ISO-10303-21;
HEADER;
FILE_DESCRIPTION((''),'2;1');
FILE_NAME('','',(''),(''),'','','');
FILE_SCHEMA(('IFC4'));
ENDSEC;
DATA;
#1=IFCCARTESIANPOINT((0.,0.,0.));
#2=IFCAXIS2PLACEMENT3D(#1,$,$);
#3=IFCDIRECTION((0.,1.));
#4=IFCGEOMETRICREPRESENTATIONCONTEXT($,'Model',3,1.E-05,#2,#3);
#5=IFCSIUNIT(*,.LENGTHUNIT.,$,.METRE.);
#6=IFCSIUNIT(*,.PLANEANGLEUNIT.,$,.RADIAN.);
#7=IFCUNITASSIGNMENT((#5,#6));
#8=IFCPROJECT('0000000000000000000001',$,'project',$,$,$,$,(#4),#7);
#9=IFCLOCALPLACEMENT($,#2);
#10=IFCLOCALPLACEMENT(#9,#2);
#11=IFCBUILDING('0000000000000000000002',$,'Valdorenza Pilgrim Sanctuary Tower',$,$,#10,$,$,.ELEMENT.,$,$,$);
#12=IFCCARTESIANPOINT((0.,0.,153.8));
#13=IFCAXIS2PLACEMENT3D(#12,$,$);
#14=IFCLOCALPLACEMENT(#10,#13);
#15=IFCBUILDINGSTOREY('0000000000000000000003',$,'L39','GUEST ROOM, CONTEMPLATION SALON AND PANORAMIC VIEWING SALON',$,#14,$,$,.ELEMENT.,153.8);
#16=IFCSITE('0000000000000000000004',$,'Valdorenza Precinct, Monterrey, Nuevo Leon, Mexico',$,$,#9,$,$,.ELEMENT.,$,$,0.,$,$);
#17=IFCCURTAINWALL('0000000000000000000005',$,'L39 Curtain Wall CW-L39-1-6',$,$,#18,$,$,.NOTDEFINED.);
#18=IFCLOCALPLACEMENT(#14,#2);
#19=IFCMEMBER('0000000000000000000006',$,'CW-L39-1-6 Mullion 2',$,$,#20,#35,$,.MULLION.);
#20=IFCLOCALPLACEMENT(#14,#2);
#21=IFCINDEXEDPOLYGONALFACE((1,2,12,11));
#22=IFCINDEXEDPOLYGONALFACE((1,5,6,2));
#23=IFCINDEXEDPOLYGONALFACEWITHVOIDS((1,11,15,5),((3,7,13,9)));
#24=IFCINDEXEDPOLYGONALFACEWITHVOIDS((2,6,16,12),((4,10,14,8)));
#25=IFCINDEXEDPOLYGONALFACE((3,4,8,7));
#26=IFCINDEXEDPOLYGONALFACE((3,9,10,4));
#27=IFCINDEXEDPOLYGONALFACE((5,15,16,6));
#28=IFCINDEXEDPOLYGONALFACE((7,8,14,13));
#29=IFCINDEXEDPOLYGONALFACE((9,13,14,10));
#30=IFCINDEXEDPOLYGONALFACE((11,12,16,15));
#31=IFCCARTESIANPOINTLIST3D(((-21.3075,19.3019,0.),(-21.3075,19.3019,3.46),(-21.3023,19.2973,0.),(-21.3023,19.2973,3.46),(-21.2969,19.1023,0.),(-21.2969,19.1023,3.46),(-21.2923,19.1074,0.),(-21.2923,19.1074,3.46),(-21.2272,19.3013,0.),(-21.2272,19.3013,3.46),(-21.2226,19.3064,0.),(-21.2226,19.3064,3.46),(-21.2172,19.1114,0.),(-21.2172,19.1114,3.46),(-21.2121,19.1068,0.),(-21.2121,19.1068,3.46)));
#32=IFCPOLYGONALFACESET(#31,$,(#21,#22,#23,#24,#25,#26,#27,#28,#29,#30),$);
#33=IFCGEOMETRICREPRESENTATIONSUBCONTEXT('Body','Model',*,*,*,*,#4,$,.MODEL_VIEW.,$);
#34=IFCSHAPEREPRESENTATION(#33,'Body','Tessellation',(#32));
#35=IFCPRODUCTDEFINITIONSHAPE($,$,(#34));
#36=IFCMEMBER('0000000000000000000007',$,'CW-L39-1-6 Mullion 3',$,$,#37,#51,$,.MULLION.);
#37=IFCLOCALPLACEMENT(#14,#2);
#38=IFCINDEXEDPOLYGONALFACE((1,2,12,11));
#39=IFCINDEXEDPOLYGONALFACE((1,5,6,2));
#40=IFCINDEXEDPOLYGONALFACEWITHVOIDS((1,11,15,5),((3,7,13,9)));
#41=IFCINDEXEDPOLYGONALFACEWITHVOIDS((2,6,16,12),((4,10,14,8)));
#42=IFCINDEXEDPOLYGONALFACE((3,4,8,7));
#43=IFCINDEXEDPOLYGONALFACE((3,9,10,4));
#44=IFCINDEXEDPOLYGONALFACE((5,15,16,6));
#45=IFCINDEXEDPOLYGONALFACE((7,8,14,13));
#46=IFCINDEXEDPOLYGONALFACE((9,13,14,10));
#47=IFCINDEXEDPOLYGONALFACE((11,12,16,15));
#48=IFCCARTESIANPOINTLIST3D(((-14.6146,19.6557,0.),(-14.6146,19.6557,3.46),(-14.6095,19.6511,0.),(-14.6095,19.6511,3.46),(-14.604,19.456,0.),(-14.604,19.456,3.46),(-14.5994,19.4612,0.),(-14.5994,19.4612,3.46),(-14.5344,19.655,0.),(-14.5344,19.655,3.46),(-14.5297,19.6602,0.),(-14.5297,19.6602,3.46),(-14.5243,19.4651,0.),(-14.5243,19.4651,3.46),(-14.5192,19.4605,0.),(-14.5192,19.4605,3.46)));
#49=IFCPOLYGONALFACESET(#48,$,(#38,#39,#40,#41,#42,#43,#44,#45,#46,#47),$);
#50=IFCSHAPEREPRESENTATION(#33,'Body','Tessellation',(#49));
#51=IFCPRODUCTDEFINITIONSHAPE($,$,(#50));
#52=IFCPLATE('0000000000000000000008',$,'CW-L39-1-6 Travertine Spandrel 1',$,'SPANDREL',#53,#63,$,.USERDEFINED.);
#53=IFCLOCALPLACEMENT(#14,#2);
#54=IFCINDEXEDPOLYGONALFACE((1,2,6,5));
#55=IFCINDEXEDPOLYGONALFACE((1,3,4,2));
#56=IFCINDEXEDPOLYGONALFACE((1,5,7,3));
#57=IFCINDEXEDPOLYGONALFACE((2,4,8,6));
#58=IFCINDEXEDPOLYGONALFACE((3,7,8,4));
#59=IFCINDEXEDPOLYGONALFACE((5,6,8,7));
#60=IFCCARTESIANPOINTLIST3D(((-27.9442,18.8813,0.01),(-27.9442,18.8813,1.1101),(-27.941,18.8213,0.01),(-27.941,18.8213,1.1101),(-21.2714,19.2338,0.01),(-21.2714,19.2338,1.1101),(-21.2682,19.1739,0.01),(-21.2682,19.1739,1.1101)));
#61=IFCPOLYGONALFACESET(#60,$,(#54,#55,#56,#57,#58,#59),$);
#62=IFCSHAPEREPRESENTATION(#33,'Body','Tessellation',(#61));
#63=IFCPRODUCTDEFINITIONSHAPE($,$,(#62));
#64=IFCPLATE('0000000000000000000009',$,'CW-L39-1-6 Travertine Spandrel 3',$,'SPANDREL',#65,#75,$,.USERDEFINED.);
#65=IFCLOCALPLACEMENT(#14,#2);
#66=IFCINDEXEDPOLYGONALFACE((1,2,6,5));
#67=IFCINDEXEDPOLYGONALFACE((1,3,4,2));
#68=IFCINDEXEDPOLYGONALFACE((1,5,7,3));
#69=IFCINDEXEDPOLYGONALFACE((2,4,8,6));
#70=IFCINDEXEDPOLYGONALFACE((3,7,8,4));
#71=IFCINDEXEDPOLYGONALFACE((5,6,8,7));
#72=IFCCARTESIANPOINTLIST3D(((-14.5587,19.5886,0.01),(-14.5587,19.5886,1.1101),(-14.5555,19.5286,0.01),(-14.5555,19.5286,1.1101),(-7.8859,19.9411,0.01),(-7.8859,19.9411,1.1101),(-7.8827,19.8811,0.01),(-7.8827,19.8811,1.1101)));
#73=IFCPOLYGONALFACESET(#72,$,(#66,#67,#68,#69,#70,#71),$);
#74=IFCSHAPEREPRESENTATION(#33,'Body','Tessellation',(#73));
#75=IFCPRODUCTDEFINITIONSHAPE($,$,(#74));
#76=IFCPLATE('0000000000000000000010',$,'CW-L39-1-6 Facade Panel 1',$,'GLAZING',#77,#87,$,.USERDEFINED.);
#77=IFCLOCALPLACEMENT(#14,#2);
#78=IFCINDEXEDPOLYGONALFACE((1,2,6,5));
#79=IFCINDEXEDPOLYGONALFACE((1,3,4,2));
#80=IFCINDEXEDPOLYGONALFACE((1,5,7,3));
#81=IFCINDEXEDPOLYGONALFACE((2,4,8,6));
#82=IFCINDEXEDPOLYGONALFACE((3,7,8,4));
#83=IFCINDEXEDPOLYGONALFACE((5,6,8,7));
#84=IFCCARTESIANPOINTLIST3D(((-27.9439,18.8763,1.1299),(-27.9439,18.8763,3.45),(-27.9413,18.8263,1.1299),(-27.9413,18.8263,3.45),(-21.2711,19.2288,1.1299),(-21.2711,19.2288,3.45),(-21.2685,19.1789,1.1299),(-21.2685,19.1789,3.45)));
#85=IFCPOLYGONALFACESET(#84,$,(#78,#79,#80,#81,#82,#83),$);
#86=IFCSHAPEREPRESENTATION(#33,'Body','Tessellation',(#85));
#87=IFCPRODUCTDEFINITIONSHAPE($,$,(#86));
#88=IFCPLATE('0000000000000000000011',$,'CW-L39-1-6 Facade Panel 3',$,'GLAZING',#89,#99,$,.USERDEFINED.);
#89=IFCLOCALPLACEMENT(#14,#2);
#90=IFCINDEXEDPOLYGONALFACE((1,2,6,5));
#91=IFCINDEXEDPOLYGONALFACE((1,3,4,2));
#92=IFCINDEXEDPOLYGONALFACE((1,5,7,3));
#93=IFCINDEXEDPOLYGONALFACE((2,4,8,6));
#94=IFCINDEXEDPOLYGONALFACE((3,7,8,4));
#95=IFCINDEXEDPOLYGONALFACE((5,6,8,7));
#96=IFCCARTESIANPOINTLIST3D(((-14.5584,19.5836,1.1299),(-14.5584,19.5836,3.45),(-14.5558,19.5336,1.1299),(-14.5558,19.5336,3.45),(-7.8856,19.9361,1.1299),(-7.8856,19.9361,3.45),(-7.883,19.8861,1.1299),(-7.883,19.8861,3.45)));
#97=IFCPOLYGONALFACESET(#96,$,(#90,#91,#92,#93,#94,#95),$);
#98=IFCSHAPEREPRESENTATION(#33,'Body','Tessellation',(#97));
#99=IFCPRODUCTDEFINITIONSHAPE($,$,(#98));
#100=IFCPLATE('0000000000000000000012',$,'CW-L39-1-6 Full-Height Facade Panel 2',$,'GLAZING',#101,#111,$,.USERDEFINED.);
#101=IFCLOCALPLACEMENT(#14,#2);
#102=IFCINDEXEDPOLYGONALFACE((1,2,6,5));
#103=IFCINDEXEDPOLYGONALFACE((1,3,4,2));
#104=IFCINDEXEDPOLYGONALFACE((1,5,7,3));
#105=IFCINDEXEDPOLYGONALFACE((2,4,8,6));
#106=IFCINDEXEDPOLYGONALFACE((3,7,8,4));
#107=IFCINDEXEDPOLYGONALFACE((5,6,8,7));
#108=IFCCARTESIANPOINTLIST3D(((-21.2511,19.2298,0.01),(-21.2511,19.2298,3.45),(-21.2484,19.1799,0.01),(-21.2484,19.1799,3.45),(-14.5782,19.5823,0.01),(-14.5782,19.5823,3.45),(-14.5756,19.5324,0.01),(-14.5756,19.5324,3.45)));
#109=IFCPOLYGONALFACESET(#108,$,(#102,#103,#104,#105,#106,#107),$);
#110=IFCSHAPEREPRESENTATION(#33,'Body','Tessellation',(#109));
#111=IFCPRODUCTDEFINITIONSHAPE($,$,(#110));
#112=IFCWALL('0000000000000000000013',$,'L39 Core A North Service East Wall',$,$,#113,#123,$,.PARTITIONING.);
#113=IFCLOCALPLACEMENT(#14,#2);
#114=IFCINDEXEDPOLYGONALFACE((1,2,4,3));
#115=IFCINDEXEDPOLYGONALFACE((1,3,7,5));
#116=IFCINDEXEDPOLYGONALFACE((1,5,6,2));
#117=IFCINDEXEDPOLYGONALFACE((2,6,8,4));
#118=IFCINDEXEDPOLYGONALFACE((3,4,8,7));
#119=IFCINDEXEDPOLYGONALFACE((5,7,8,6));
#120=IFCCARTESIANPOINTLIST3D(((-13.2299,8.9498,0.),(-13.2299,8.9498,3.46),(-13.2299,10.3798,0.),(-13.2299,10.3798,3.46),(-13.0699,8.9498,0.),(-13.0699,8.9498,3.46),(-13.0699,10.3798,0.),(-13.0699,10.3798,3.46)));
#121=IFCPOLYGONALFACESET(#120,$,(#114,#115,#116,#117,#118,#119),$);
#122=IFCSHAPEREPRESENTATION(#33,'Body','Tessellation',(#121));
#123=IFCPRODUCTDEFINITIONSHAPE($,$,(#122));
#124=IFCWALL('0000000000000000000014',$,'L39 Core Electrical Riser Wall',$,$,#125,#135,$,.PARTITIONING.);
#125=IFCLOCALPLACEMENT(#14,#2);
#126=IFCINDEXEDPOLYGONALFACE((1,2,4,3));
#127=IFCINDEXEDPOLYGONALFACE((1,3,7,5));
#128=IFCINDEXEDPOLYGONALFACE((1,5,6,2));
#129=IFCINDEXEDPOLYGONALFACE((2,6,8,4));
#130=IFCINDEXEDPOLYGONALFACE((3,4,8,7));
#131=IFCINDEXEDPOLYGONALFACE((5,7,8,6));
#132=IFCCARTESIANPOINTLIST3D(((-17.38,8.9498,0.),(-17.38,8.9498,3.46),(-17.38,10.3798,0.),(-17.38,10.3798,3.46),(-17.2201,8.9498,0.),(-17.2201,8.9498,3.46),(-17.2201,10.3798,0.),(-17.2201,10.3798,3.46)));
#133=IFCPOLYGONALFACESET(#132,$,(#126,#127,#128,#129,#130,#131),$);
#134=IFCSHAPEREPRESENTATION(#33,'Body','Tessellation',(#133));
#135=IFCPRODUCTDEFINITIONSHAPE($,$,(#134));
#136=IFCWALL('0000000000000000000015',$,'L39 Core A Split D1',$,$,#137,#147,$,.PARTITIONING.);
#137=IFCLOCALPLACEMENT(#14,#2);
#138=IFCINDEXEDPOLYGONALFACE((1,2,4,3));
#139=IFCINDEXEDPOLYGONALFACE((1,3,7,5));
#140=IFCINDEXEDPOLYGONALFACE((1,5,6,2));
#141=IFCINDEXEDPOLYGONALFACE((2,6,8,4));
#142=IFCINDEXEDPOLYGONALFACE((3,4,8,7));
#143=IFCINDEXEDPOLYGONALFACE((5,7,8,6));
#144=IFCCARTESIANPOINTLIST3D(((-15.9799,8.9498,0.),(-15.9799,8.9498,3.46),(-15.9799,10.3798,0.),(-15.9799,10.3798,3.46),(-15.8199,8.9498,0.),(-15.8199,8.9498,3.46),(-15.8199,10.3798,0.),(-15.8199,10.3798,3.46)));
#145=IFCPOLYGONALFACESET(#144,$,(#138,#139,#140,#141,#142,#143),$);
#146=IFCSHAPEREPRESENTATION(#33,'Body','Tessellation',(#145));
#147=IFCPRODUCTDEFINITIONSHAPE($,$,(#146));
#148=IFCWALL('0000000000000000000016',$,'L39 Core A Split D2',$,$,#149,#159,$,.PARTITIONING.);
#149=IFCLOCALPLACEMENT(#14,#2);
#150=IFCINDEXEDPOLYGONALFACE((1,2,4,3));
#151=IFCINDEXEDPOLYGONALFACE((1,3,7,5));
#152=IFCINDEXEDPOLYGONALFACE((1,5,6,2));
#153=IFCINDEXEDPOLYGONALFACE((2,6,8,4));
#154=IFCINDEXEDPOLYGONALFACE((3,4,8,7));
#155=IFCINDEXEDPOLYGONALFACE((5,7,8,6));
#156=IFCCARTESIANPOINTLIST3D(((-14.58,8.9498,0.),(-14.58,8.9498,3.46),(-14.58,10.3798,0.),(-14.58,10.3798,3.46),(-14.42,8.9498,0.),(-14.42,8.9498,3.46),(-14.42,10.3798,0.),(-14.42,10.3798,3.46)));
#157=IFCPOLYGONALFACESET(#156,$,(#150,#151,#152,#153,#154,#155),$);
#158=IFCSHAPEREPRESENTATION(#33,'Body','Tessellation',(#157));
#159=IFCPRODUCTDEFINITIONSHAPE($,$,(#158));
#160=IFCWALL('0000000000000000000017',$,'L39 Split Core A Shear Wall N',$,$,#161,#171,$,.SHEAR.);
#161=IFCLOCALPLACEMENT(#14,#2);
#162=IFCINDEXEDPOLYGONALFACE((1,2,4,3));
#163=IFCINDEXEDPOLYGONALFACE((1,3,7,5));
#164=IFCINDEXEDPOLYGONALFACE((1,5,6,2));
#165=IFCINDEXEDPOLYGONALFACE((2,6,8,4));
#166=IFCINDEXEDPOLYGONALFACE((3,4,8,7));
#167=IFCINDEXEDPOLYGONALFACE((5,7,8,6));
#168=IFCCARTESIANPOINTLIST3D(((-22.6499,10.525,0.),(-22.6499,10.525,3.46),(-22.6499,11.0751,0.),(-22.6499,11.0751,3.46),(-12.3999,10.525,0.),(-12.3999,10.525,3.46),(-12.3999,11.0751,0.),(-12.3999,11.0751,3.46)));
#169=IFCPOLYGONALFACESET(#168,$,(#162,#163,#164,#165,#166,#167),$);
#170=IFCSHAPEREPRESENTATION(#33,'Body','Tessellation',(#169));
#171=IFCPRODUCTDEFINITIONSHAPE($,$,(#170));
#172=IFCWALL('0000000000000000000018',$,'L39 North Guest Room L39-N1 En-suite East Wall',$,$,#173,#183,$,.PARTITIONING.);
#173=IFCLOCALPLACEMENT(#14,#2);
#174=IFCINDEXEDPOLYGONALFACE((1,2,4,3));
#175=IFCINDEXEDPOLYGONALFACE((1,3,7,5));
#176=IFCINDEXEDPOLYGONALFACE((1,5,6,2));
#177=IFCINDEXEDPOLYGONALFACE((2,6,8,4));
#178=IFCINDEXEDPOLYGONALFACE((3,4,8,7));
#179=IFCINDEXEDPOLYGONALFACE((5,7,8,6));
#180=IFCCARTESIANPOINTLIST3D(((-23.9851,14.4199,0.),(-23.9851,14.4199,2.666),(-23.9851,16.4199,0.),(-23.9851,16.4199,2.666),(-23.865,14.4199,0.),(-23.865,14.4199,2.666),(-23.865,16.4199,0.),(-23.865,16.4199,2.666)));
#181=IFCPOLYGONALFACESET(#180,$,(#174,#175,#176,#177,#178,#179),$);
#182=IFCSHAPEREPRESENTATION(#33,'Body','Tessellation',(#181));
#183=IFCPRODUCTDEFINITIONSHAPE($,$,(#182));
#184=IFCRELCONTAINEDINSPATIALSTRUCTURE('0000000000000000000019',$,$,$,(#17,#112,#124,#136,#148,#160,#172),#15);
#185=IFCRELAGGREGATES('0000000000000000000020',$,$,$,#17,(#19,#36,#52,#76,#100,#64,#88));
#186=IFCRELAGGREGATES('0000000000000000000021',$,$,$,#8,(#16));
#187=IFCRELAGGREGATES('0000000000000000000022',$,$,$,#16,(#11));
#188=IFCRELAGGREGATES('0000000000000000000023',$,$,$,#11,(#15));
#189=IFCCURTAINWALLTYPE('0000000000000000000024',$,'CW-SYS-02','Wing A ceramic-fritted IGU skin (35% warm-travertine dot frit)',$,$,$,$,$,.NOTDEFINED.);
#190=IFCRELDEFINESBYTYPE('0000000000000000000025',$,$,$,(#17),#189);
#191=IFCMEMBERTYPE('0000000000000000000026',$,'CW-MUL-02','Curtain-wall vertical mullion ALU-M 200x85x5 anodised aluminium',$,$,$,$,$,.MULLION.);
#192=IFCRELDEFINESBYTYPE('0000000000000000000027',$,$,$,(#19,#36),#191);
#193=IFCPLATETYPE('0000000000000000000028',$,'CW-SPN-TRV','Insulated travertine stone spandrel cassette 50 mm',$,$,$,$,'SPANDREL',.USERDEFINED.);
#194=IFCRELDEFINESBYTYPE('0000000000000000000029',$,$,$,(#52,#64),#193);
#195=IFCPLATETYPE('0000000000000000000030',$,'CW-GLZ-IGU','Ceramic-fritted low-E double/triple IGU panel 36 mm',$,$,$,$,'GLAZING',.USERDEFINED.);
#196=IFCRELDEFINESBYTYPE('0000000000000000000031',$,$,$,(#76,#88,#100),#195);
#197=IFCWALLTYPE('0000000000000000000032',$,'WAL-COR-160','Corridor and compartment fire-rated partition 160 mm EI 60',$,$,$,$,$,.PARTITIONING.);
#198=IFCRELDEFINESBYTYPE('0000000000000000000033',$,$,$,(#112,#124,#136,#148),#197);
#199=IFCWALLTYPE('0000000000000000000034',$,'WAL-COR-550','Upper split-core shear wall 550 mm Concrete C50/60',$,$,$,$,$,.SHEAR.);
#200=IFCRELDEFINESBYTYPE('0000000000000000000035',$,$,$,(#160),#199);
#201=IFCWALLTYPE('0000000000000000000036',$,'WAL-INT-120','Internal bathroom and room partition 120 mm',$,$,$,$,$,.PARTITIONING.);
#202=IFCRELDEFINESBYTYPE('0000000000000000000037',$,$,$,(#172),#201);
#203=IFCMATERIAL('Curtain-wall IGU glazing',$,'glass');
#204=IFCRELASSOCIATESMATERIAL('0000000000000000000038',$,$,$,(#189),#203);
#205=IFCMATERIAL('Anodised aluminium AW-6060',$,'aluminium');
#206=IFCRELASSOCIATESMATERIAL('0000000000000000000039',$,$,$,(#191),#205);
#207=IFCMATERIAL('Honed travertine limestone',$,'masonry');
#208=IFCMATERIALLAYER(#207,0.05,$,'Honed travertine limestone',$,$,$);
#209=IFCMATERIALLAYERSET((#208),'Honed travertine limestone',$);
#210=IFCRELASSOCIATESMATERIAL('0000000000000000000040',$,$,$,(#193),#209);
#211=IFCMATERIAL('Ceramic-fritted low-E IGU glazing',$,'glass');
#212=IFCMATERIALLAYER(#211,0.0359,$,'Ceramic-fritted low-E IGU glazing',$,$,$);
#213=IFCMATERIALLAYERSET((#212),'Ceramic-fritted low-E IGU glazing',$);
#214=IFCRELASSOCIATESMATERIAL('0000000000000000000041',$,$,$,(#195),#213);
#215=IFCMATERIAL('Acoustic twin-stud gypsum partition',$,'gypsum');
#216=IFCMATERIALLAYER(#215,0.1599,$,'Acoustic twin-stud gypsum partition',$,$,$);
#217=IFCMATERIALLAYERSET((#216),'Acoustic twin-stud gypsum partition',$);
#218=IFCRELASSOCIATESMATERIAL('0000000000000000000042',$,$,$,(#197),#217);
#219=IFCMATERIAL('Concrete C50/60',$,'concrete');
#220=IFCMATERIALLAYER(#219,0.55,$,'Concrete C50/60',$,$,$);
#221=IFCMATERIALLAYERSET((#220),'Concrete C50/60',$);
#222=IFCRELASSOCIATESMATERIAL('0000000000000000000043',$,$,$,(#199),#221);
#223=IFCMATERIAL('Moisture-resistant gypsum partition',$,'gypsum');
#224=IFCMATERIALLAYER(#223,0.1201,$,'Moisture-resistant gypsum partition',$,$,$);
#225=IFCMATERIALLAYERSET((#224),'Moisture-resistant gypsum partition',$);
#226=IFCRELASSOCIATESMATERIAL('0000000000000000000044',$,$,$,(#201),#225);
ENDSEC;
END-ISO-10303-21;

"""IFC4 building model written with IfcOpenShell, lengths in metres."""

from ifc_helpers import new_model, si_unit, direction, frame, frame_2d, origin, origin_2d, place, context, subcontext, project, spatial, rectangle, hollow_rectangle, extrude, source, transform, mapped, material, layer, layer_set, material_profile, profile_set, type_object, element, aggregate, save


model = new_model("IFC4")

# Units and contexts
model_context = context("Model", 3, precision=1e-05, world=origin(), true_north=direction((0.0, 1.0)))
body_context = subcontext(model_context, "Body", "Model", "MODEL_VIEW")
ifc_project = project(units=[si_unit("LENGTHUNIT", "METRE"), si_unit("PLANEANGLEUNIT", "RADIAN")], contexts=[model_context])

# Site, building, storey
site_placement = place(None, origin())
site = spatial("IfcSite", under=ifc_project, at=site_placement, Name="Valdorenza Precinct, Monterrey, Nuevo Leon, Mexico", CompositionType="ELEMENT", RefElevation=0.0)
building_placement = place(site_placement, origin())
building = spatial("IfcBuilding", under=site, at=building_placement, Name="Valdorenza Pilgrim Sanctuary Tower", CompositionType="ELEMENT")
storey_placement = place(building_placement, frame((0.0, 0.0, 153.8)))
storey = spatial("IfcBuildingStorey", under=building, at=storey_placement, Name="L39", Description="GUEST ROOM, CONTEMPLATION SALON AND PANORAMIC VIEWING SALON", CompositionType="ELEMENT", Elevation=153.8)

# Curtain wall, members, plates
ifc_material_1 = material(Name="Curtain-wall IGU glazing", Category="glass")
curtain_wall_type = type_object("IfcCurtainWallType", Name="CW-SYS-02", Description="Wing A ceramic-fritted IGU skin (35% warm-travertine dot frit)", PredefinedType="NOTDEFINED", material=ifc_material_1)
curtain_wall_placement = place(storey_placement, origin())
curtain_wall = element("IfcCurtainWall", 1, at=curtain_wall_placement, inside=storey, type_object=curtain_wall_type, Name="L39 Curtain Wall CW-L39-1-6", PredefinedType="NOTDEFINED")
ifc_material_2 = material(Name="Anodised aluminium AW-6060", Category="aluminium")
ifc_material_profile_1 = material_profile(ifc_material_2, hollow_rectangle(XDim=0.085, YDim=0.2, WallThickness=0.0049, at=origin_2d()), Name="ALU-M 200x85x5")
ifc_profile_set_1 = profile_set([ifc_material_profile_1], Name="Anodised aluminium AW-6060")
member_type = type_object("IfcMemberType", Name="CW-MUL-02", Description="Curtain-wall vertical mullion ALU-M 200x85x5 anodised aluminium", PredefinedType="MULLION", material=ifc_profile_set_1)
shared_shape_1 = source(origin(), body_context, "Body", "SweptSolid", [
    extrude(hollow_rectangle(XDim=0.085, YDim=0.2, WallThickness=0.0049, at=origin_2d()), origin(), (0.0, 0.0, 1.0), 3.46),
])
member_1_placement = place(storey_placement, frame((-21.2598, 19.2043, 0.0), z_axis=(0.0, 0.0, 1.0), x_axis=(0.998608, 0.052754, 0.0)))
member_1 = element("IfcMember", 2, at=member_1_placement, type_object=member_type, Name="CW-L39-1-6 Mullion 2", PredefinedType="MULLION", context=body_context, shape_type="MappedRepresentation", body=[
    mapped(shared_shape_1, transform((0.0, 0.0, 0.0), x_axis=(1.0, 0.0, 0.0), y_axis=(0.0, 1.0, 0.0), z_axis=(0.0, 0.0, 1.0), scale=1.0)),
])
member_2_placement = place(storey_placement, frame((-14.5669, 19.5581, 0.0), z_axis=(0.0, 0.0, 1.0), x_axis=(0.998608, 0.052754, 0.0)))
member_2 = element("IfcMember", 3, at=member_2_placement, type_object=member_type, Name="CW-L39-1-6 Mullion 3", PredefinedType="MULLION", context=body_context, shape_type="MappedRepresentation", body=[
    mapped(shared_shape_1, transform((0.0, 0.0, 0.0), x_axis=(1.0, 0.0, 0.0), y_axis=(0.0, 1.0, 0.0), z_axis=(0.0, 0.0, 1.0), scale=1.0)),
])
ifc_material_3 = material(Name="Honed travertine limestone", Category="masonry")
ifc_layer_1 = layer(ifc_material_3, 0.05, Name="Honed travertine limestone")
ifc_layer_set_1 = layer_set([ifc_layer_1], Name="Honed travertine limestone")
plate_type_1 = type_object("IfcPlateType", Name="CW-SPN-TRV", Description="Insulated travertine stone spandrel cassette 50 mm", ElementType="SPANDREL", PredefinedType="USERDEFINED", material=ifc_layer_set_1)
shared_shape_2 = source(origin(), body_context, "Body", "SweptSolid", [
    extrude(rectangle(XDim=6.6821, YDim=0.0601, at=origin_2d()), origin(), (0.0, 0.0, 1.0), 1.1001),
])
plate_1_placement = place(storey_placement, frame((-24.6062, 19.0276, 0.01), z_axis=(0.0, 0.0, 1.0), x_axis=(0.998608, 0.052754, 0.0)))
plate_1 = element("IfcPlate", 4, at=plate_1_placement, type_object=plate_type_1, Name="CW-L39-1-6 Travertine Spandrel 1", ObjectType="SPANDREL", PredefinedType="USERDEFINED", context=body_context, shape_type="MappedRepresentation", body=[
    mapped(shared_shape_2, transform((0.0, 0.0, 0.0), x_axis=(1.0, 0.0, 0.0), y_axis=(0.0, 1.0, 0.0), z_axis=(0.0, 0.0, 1.0), scale=1.0)),
])
plate_2_placement = place(storey_placement, frame((-11.2207, 19.7349, 0.01), z_axis=(0.0, 0.0, 1.0), x_axis=(0.998608, 0.052754, 0.0)))
plate_2 = element("IfcPlate", 5, at=plate_2_placement, type_object=plate_type_1, Name="CW-L39-1-6 Travertine Spandrel 3", ObjectType="SPANDREL", PredefinedType="USERDEFINED", context=body_context, shape_type="MappedRepresentation", body=[
    mapped(shared_shape_2, transform((0.0, 0.0, 0.0), x_axis=(1.0, 0.0, 0.0), y_axis=(0.0, 1.0, 0.0), z_axis=(0.0, 0.0, 1.0), scale=1.0)),
])
ifc_material_4 = material(Name="Ceramic-fritted low-E IGU glazing", Category="glass")
ifc_layer_2 = layer(ifc_material_4, 0.0359, Name="Ceramic-fritted low-E IGU glazing")
ifc_layer_set_2 = layer_set([ifc_layer_2], Name="Ceramic-fritted low-E IGU glazing")
plate_type_2 = type_object("IfcPlateType", Name="CW-GLZ-IGU", Description="Ceramic-fritted low-E double/triple IGU panel 36 mm", ElementType="GLAZING", PredefinedType="USERDEFINED", material=ifc_layer_set_2)
shared_shape_3 = source(origin(), body_context, "Body", "SweptSolid", [
    extrude(rectangle(XDim=6.6821, YDim=0.05, at=origin_2d()), origin(), (0.0, 0.0, 1.0), 2.3201),
])
plate_3_placement = place(storey_placement, frame((-24.6062, 19.0276, 1.1299), z_axis=(0.0, 0.0, 1.0), x_axis=(0.998608, 0.052754, 0.0)))
plate_3 = element("IfcPlate", 6, at=plate_3_placement, type_object=plate_type_2, Name="CW-L39-1-6 Facade Panel 1", ObjectType="GLAZING", PredefinedType="USERDEFINED", context=body_context, shape_type="MappedRepresentation", body=[
    mapped(shared_shape_3, transform((0.0, 0.0, 0.0), x_axis=(1.0, 0.0, 0.0), y_axis=(0.0, 1.0, 0.0), z_axis=(0.0, 0.0, 1.0), scale=1.0)),
])
plate_4_placement = place(storey_placement, frame((-11.2207, 19.7349, 1.1299), z_axis=(0.0, 0.0, 1.0), x_axis=(0.998608, 0.052754, 0.0)))
plate_4 = element("IfcPlate", 7, at=plate_4_placement, type_object=plate_type_2, Name="CW-L39-1-6 Facade Panel 3", ObjectType="GLAZING", PredefinedType="USERDEFINED", context=body_context, shape_type="MappedRepresentation", body=[
    mapped(shared_shape_3, transform((0.0, 0.0, 0.0), x_axis=(1.0, 0.0, 0.0), y_axis=(0.0, 1.0, 0.0), z_axis=(0.0, 0.0, 1.0), scale=1.0)),
])
shared_shape_4 = source(origin(), body_context, "Body", "SweptSolid", [
    extrude(rectangle(XDim=6.6821, YDim=0.05, at=origin_2d()), origin(), (0.0, 0.0, 1.0), 3.4399),
])
plate_5_placement = place(storey_placement, frame((-17.9133, 19.3811, 0.01), z_axis=(0.0, 0.0, 1.0), x_axis=(0.998608, 0.052754, 0.0)))
plate_5 = element("IfcPlate", 8, at=plate_5_placement, type_object=plate_type_2, Name="CW-L39-1-6 Full-Height Facade Panel 2", ObjectType="GLAZING", PredefinedType="USERDEFINED", context=body_context, shape_type="MappedRepresentation", body=[
    mapped(shared_shape_4, transform((0.0, 0.0, 0.0), x_axis=(1.0, 0.0, 0.0), y_axis=(0.0, 1.0, 0.0), z_axis=(0.0, 0.0, 1.0), scale=1.0)),
])
aggregate(curtain_wall, [member_1, member_2, plate_1, plate_3, plate_5, plate_2, plate_4])

# Walls
ifc_material_5 = material(Name="Acoustic twin-stud gypsum partition", Category="gypsum")
ifc_layer_3 = layer(ifc_material_5, 0.1599, Name="Acoustic twin-stud gypsum partition")
ifc_layer_set_3 = layer_set([ifc_layer_3], Name="Acoustic twin-stud gypsum partition")
wall_type_1 = type_object("IfcWallType", Name="WAL-COR-160", Description="Corridor and compartment fire-rated partition 160 mm EI 60", PredefinedType="PARTITIONING", material=ifc_layer_set_3)
for number, where, z_axis, x_axis, name in (
    (9, (-13.1499, 8.95, 0.0), (0.0, 0.0, 1.0), (0.0, 1.0, 0.0), "L39 Core A North Service East Wall"),
    (10, (-17.3, 8.95, 0.0), (0.0, 0.0, 1.0), (0.0, 1.0, 0.0), "L39 Core Electrical Riser Wall"),
    (11, (-15.8999, 8.95, 0.0), (0.0, 0.0, 1.0), (0.0, 1.0, 0.0), "L39 Core A Split D1"),
    (12, (-14.5, 8.95, 0.0), (0.0, 0.0, 1.0), (0.0, 1.0, 0.0), "L39 Core A Split D2"),
):
    element("IfcWall", number, at=place(storey_placement, frame(where, z_axis=z_axis, x_axis=x_axis)), inside=storey, type_object=wall_type_1, Name=name, PredefinedType="PARTITIONING", context=body_context, shape_type="SweptSolid", body=[
        extrude(rectangle(XDim=1.4299, YDim=0.1599, at=frame_2d((0.7148, 0.0))), origin(), (0.0, 0.0, 1.0), 3.46),
    ])
ifc_material_6 = material(Name="Concrete C50/60", Category="concrete")
ifc_layer_4 = layer(ifc_material_6, 0.55, Name="Concrete C50/60")
ifc_layer_set_4 = layer_set([ifc_layer_4], Name="Concrete C50/60")
wall_type_2 = type_object("IfcWallType", Name="WAL-COR-550", Description="Upper split-core shear wall 550 mm Concrete C50/60", PredefinedType="SHEAR", material=ifc_layer_set_4)
wall_1_placement = place(storey_placement, frame((-22.6499, 10.8, 0.0), z_axis=(0.0, 0.0, 1.0), x_axis=(1.0, 0.0, 0.0)))
element("IfcWall", 13, at=wall_1_placement, inside=storey, type_object=wall_type_2, Name="L39 Split Core A Shear Wall N", PredefinedType="SHEAR", context=body_context, shape_type="SweptSolid", body=[
    extrude(rectangle(XDim=10.25, YDim=0.55, at=frame_2d((5.125, 0.0))), origin(), (0.0, 0.0, 1.0), 3.46),
])
ifc_material_7 = material(Name="Moisture-resistant gypsum partition", Category="gypsum")
ifc_layer_5 = layer(ifc_material_7, 0.1201, Name="Moisture-resistant gypsum partition")
ifc_layer_set_5 = layer_set([ifc_layer_5], Name="Moisture-resistant gypsum partition")
wall_type_3 = type_object("IfcWallType", Name="WAL-INT-120", Description="Internal bathroom and room partition 120 mm", PredefinedType="PARTITIONING", material=ifc_layer_set_5)
for number, where, z_axis, x_axis, name in (
    (14, (-23.925, 14.4199, 0.0), (0.0, 0.0, 1.0), (0.0, 1.0, 0.0), "L39 North Guest Room L39-N1 En-suite East Wall"),
):
    element("IfcWall", number, at=place(storey_placement, frame(where, z_axis=z_axis, x_axis=x_axis)), inside=storey, type_object=wall_type_3, Name=name, PredefinedType="PARTITIONING", context=body_context, shape_type="SweptSolid", body=[
        extrude(rectangle(XDim=2.0, YDim=0.1201, at=frame_2d((1.0, 0.0))), origin(), (0.0, 0.0, 1.0), 2.666),
    ])

save(model, "model.ifc")
